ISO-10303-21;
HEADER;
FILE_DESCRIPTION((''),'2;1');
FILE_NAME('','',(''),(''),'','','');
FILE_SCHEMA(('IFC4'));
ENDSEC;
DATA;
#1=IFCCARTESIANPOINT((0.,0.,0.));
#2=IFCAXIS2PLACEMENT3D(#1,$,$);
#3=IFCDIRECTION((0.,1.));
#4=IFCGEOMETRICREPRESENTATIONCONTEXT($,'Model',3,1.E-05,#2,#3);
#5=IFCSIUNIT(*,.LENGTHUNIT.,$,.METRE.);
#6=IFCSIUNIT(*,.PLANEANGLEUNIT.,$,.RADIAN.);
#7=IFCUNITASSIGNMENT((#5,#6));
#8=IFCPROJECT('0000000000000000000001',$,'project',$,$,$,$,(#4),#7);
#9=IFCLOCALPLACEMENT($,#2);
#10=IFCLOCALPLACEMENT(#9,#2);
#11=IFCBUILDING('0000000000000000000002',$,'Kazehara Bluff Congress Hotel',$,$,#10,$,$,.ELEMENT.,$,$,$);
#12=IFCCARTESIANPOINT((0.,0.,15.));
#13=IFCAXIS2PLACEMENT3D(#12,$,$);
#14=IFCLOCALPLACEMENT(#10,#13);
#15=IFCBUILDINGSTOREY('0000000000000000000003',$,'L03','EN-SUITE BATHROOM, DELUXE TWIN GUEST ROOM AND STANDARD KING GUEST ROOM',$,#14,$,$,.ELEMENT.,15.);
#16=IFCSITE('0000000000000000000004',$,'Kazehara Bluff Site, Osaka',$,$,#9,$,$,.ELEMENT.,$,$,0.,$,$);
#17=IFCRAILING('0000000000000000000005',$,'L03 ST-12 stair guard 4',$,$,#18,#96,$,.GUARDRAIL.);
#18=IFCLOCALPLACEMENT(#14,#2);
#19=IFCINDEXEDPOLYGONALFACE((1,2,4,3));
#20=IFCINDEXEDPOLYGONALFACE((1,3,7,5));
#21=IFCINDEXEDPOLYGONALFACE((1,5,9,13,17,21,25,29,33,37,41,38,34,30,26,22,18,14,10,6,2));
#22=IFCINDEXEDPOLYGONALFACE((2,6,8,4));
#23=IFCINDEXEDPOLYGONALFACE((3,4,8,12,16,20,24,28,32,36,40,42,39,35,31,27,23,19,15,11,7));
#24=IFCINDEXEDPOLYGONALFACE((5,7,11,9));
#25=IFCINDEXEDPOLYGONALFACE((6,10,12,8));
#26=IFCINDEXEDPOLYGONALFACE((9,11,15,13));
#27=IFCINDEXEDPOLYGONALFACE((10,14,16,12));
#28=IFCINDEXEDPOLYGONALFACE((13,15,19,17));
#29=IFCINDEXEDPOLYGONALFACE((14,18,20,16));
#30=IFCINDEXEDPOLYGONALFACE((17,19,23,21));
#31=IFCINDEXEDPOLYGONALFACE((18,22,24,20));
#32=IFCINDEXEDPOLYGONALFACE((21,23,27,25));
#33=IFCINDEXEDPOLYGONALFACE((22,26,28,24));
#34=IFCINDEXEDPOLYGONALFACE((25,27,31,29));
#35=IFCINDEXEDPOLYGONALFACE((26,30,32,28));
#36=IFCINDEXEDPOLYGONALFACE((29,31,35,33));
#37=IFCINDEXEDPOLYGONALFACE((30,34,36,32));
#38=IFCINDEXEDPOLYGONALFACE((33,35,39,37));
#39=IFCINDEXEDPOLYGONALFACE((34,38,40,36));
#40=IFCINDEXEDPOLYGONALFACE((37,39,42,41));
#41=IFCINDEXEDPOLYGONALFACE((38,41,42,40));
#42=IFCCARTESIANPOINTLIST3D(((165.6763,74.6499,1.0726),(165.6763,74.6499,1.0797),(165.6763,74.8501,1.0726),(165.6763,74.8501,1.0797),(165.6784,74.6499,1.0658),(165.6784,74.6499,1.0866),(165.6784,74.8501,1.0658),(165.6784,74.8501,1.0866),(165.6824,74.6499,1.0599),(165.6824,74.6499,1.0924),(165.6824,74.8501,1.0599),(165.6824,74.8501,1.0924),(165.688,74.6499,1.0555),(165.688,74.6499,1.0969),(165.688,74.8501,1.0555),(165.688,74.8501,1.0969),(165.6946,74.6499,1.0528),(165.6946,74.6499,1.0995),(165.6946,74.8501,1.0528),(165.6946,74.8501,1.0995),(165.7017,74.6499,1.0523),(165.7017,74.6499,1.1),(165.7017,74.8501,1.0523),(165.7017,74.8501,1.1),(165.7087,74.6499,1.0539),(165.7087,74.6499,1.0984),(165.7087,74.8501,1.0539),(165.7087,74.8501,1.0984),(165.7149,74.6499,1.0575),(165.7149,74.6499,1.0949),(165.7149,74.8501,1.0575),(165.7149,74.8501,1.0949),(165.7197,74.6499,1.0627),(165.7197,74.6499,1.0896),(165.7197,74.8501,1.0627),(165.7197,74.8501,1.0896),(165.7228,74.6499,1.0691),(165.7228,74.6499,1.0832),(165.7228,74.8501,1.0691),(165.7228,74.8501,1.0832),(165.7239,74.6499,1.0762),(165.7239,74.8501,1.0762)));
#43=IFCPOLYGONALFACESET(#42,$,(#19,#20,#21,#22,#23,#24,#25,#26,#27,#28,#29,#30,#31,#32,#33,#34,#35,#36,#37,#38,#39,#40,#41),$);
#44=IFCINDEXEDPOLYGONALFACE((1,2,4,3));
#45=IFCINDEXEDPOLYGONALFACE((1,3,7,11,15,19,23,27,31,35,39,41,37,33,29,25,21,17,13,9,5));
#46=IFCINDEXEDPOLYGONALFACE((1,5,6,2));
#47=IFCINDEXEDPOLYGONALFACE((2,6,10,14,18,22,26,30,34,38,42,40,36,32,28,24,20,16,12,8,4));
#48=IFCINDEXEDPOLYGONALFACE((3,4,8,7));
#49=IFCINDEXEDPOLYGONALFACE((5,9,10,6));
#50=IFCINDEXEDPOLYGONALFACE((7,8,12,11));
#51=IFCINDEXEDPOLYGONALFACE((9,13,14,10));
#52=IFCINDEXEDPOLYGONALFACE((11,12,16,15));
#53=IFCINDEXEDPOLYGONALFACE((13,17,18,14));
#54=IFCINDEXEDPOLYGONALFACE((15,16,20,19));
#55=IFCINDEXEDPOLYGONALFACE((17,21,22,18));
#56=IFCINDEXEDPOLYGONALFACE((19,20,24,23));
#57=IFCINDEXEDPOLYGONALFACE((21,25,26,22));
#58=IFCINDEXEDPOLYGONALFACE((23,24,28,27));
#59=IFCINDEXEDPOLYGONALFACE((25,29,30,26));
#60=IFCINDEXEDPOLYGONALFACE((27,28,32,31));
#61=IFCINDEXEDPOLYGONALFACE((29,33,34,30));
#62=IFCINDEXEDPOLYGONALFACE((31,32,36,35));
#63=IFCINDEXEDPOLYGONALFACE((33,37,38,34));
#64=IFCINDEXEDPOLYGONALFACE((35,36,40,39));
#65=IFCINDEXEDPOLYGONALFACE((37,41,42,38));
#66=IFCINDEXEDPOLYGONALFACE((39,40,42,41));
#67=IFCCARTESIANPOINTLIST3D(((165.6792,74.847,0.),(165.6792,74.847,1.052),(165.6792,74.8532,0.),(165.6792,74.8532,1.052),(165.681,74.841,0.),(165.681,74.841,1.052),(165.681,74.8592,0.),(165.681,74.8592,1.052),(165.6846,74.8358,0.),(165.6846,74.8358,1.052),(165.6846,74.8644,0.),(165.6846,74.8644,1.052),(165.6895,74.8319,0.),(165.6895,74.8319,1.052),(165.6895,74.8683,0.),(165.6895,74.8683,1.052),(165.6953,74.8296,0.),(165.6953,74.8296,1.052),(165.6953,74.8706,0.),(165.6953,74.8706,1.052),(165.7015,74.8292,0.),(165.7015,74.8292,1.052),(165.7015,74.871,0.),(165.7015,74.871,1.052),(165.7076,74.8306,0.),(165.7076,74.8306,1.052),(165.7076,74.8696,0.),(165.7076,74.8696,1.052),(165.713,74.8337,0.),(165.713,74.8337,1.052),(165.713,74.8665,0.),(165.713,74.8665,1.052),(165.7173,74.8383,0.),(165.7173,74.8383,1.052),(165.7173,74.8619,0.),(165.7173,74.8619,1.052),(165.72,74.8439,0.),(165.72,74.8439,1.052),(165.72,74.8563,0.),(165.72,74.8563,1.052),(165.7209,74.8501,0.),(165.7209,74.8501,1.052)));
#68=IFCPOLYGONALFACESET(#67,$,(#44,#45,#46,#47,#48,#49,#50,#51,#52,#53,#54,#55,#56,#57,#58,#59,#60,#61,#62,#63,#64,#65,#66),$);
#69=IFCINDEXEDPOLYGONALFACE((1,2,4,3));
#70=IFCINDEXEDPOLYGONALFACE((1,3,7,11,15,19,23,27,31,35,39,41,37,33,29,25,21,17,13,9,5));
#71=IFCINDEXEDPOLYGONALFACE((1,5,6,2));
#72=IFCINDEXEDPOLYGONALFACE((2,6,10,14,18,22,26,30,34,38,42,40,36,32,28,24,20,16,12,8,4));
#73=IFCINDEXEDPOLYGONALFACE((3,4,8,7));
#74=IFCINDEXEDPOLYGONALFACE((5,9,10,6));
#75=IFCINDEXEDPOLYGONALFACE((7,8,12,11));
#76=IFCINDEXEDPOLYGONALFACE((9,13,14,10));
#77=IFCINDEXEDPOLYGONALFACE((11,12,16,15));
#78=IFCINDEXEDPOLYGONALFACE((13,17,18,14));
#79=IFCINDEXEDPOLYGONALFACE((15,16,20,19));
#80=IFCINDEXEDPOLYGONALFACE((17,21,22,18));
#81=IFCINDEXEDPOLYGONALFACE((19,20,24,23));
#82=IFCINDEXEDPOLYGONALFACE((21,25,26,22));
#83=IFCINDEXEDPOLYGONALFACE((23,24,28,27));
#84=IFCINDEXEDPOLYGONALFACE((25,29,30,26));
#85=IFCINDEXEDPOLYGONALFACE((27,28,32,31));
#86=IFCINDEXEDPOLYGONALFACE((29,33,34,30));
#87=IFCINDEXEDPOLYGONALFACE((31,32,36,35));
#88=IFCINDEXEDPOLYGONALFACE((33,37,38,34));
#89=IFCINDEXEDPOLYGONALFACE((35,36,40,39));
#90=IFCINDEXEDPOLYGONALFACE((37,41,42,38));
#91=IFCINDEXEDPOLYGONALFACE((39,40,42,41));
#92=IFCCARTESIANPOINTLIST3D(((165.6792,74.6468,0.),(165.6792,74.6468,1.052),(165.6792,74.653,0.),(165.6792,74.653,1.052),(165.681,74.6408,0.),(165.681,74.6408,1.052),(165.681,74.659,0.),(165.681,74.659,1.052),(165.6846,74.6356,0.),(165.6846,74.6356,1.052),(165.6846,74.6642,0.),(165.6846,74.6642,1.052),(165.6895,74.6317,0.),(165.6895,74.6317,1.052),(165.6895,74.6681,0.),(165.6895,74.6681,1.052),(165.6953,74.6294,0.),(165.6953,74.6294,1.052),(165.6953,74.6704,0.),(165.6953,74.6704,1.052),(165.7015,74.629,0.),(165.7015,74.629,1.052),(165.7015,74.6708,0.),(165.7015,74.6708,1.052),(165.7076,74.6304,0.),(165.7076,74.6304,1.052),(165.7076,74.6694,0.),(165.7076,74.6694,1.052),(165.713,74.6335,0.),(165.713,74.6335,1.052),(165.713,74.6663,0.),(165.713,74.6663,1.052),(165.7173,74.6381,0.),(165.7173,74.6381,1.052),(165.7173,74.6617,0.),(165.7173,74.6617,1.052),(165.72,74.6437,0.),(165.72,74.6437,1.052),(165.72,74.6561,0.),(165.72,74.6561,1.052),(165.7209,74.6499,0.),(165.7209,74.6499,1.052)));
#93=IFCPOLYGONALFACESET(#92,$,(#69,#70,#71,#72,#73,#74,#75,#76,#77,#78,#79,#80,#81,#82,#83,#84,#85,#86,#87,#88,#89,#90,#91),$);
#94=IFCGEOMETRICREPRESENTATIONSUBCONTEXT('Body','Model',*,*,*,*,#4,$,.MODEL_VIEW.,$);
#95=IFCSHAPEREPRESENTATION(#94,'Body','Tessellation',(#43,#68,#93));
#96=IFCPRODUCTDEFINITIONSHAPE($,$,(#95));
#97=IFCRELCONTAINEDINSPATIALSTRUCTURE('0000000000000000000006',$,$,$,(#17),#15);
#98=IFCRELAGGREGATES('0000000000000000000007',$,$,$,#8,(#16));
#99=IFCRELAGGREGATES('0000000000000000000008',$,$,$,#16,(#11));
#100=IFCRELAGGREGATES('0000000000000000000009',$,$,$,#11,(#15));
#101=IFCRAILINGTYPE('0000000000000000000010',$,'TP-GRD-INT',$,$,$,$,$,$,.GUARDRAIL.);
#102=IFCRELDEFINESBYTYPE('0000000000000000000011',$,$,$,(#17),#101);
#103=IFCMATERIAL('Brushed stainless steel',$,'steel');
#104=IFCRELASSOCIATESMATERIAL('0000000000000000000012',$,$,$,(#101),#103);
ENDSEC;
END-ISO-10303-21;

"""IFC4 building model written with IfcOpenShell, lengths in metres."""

from ifc_helpers import new_model, si_unit, direction, frame, origin, origin_2d, place, context, subcontext, project, spatial, circle, extrude, material, type_object, element, save


model = new_model("IFC4")

# Units and contexts
model_context = context("Model", 3, precision=1e-05, world=origin(), true_north=direction((0.0, 1.0)))
body_context = subcontext(model_context, "Body", "Model", "MODEL_VIEW")
ifc_project = project(units=[si_unit("LENGTHUNIT", "METRE"), si_unit("PLANEANGLEUNIT", "RADIAN")], contexts=[model_context])

# Site, building, storey
site_placement = place(None, origin())
site = spatial("IfcSite", under=ifc_project, at=site_placement, Name="Kazehara Bluff Site, Osaka", CompositionType="ELEMENT", RefElevation=0.0)
building_placement = place(site_placement, origin())
building = spatial("IfcBuilding", under=site, at=building_placement, Name="Kazehara Bluff Congress Hotel", CompositionType="ELEMENT")
storey_placement = place(building_placement, frame((0.0, 0.0, 15.0)))
storey = spatial("IfcBuildingStorey", under=building, at=storey_placement, Name="L03", Description="EN-SUITE BATHROOM, DELUXE TWIN GUEST ROOM AND STANDARD KING GUEST ROOM", CompositionType="ELEMENT", Elevation=15.0)

# Railing
ifc_material_1 = material(Name="Brushed stainless steel", Category="steel")
railing_type_1 = type_object("IfcRailingType", Name="TP-GRD-INT", PredefinedType="GUARDRAIL", material=ifc_material_1)
railing_1_placement = place(storey_placement, frame((165.7, 74.8501, 0.0)))
element("IfcRailing", 1, at=railing_1_placement, inside=storey, type_object=railing_type_1, Name="L03 ST-12 stair guard 4", PredefinedType="GUARDRAIL", context=body_context, shape_type="SweptSolid", body=[
    extrude(circle(Radius=0.0239, at=origin_2d()), frame((0.0, 0.0, 1.0762), z_axis=(0.0, -1.0, 0.0), x_axis=(1.0, 0.0, 0.0)), (0.0, 0.0, 1.0), 0.2002),
    extrude(circle(Radius=0.021, at=origin_2d()), origin(), (0.0, 0.0, 1.0), 1.052),
    extrude(circle(Radius=0.021, at=origin_2d()), frame((0.0, -0.2002, 0.0)), (0.0, 0.0, 1.0), 1.052),
])

save(model, "model.ifc")
